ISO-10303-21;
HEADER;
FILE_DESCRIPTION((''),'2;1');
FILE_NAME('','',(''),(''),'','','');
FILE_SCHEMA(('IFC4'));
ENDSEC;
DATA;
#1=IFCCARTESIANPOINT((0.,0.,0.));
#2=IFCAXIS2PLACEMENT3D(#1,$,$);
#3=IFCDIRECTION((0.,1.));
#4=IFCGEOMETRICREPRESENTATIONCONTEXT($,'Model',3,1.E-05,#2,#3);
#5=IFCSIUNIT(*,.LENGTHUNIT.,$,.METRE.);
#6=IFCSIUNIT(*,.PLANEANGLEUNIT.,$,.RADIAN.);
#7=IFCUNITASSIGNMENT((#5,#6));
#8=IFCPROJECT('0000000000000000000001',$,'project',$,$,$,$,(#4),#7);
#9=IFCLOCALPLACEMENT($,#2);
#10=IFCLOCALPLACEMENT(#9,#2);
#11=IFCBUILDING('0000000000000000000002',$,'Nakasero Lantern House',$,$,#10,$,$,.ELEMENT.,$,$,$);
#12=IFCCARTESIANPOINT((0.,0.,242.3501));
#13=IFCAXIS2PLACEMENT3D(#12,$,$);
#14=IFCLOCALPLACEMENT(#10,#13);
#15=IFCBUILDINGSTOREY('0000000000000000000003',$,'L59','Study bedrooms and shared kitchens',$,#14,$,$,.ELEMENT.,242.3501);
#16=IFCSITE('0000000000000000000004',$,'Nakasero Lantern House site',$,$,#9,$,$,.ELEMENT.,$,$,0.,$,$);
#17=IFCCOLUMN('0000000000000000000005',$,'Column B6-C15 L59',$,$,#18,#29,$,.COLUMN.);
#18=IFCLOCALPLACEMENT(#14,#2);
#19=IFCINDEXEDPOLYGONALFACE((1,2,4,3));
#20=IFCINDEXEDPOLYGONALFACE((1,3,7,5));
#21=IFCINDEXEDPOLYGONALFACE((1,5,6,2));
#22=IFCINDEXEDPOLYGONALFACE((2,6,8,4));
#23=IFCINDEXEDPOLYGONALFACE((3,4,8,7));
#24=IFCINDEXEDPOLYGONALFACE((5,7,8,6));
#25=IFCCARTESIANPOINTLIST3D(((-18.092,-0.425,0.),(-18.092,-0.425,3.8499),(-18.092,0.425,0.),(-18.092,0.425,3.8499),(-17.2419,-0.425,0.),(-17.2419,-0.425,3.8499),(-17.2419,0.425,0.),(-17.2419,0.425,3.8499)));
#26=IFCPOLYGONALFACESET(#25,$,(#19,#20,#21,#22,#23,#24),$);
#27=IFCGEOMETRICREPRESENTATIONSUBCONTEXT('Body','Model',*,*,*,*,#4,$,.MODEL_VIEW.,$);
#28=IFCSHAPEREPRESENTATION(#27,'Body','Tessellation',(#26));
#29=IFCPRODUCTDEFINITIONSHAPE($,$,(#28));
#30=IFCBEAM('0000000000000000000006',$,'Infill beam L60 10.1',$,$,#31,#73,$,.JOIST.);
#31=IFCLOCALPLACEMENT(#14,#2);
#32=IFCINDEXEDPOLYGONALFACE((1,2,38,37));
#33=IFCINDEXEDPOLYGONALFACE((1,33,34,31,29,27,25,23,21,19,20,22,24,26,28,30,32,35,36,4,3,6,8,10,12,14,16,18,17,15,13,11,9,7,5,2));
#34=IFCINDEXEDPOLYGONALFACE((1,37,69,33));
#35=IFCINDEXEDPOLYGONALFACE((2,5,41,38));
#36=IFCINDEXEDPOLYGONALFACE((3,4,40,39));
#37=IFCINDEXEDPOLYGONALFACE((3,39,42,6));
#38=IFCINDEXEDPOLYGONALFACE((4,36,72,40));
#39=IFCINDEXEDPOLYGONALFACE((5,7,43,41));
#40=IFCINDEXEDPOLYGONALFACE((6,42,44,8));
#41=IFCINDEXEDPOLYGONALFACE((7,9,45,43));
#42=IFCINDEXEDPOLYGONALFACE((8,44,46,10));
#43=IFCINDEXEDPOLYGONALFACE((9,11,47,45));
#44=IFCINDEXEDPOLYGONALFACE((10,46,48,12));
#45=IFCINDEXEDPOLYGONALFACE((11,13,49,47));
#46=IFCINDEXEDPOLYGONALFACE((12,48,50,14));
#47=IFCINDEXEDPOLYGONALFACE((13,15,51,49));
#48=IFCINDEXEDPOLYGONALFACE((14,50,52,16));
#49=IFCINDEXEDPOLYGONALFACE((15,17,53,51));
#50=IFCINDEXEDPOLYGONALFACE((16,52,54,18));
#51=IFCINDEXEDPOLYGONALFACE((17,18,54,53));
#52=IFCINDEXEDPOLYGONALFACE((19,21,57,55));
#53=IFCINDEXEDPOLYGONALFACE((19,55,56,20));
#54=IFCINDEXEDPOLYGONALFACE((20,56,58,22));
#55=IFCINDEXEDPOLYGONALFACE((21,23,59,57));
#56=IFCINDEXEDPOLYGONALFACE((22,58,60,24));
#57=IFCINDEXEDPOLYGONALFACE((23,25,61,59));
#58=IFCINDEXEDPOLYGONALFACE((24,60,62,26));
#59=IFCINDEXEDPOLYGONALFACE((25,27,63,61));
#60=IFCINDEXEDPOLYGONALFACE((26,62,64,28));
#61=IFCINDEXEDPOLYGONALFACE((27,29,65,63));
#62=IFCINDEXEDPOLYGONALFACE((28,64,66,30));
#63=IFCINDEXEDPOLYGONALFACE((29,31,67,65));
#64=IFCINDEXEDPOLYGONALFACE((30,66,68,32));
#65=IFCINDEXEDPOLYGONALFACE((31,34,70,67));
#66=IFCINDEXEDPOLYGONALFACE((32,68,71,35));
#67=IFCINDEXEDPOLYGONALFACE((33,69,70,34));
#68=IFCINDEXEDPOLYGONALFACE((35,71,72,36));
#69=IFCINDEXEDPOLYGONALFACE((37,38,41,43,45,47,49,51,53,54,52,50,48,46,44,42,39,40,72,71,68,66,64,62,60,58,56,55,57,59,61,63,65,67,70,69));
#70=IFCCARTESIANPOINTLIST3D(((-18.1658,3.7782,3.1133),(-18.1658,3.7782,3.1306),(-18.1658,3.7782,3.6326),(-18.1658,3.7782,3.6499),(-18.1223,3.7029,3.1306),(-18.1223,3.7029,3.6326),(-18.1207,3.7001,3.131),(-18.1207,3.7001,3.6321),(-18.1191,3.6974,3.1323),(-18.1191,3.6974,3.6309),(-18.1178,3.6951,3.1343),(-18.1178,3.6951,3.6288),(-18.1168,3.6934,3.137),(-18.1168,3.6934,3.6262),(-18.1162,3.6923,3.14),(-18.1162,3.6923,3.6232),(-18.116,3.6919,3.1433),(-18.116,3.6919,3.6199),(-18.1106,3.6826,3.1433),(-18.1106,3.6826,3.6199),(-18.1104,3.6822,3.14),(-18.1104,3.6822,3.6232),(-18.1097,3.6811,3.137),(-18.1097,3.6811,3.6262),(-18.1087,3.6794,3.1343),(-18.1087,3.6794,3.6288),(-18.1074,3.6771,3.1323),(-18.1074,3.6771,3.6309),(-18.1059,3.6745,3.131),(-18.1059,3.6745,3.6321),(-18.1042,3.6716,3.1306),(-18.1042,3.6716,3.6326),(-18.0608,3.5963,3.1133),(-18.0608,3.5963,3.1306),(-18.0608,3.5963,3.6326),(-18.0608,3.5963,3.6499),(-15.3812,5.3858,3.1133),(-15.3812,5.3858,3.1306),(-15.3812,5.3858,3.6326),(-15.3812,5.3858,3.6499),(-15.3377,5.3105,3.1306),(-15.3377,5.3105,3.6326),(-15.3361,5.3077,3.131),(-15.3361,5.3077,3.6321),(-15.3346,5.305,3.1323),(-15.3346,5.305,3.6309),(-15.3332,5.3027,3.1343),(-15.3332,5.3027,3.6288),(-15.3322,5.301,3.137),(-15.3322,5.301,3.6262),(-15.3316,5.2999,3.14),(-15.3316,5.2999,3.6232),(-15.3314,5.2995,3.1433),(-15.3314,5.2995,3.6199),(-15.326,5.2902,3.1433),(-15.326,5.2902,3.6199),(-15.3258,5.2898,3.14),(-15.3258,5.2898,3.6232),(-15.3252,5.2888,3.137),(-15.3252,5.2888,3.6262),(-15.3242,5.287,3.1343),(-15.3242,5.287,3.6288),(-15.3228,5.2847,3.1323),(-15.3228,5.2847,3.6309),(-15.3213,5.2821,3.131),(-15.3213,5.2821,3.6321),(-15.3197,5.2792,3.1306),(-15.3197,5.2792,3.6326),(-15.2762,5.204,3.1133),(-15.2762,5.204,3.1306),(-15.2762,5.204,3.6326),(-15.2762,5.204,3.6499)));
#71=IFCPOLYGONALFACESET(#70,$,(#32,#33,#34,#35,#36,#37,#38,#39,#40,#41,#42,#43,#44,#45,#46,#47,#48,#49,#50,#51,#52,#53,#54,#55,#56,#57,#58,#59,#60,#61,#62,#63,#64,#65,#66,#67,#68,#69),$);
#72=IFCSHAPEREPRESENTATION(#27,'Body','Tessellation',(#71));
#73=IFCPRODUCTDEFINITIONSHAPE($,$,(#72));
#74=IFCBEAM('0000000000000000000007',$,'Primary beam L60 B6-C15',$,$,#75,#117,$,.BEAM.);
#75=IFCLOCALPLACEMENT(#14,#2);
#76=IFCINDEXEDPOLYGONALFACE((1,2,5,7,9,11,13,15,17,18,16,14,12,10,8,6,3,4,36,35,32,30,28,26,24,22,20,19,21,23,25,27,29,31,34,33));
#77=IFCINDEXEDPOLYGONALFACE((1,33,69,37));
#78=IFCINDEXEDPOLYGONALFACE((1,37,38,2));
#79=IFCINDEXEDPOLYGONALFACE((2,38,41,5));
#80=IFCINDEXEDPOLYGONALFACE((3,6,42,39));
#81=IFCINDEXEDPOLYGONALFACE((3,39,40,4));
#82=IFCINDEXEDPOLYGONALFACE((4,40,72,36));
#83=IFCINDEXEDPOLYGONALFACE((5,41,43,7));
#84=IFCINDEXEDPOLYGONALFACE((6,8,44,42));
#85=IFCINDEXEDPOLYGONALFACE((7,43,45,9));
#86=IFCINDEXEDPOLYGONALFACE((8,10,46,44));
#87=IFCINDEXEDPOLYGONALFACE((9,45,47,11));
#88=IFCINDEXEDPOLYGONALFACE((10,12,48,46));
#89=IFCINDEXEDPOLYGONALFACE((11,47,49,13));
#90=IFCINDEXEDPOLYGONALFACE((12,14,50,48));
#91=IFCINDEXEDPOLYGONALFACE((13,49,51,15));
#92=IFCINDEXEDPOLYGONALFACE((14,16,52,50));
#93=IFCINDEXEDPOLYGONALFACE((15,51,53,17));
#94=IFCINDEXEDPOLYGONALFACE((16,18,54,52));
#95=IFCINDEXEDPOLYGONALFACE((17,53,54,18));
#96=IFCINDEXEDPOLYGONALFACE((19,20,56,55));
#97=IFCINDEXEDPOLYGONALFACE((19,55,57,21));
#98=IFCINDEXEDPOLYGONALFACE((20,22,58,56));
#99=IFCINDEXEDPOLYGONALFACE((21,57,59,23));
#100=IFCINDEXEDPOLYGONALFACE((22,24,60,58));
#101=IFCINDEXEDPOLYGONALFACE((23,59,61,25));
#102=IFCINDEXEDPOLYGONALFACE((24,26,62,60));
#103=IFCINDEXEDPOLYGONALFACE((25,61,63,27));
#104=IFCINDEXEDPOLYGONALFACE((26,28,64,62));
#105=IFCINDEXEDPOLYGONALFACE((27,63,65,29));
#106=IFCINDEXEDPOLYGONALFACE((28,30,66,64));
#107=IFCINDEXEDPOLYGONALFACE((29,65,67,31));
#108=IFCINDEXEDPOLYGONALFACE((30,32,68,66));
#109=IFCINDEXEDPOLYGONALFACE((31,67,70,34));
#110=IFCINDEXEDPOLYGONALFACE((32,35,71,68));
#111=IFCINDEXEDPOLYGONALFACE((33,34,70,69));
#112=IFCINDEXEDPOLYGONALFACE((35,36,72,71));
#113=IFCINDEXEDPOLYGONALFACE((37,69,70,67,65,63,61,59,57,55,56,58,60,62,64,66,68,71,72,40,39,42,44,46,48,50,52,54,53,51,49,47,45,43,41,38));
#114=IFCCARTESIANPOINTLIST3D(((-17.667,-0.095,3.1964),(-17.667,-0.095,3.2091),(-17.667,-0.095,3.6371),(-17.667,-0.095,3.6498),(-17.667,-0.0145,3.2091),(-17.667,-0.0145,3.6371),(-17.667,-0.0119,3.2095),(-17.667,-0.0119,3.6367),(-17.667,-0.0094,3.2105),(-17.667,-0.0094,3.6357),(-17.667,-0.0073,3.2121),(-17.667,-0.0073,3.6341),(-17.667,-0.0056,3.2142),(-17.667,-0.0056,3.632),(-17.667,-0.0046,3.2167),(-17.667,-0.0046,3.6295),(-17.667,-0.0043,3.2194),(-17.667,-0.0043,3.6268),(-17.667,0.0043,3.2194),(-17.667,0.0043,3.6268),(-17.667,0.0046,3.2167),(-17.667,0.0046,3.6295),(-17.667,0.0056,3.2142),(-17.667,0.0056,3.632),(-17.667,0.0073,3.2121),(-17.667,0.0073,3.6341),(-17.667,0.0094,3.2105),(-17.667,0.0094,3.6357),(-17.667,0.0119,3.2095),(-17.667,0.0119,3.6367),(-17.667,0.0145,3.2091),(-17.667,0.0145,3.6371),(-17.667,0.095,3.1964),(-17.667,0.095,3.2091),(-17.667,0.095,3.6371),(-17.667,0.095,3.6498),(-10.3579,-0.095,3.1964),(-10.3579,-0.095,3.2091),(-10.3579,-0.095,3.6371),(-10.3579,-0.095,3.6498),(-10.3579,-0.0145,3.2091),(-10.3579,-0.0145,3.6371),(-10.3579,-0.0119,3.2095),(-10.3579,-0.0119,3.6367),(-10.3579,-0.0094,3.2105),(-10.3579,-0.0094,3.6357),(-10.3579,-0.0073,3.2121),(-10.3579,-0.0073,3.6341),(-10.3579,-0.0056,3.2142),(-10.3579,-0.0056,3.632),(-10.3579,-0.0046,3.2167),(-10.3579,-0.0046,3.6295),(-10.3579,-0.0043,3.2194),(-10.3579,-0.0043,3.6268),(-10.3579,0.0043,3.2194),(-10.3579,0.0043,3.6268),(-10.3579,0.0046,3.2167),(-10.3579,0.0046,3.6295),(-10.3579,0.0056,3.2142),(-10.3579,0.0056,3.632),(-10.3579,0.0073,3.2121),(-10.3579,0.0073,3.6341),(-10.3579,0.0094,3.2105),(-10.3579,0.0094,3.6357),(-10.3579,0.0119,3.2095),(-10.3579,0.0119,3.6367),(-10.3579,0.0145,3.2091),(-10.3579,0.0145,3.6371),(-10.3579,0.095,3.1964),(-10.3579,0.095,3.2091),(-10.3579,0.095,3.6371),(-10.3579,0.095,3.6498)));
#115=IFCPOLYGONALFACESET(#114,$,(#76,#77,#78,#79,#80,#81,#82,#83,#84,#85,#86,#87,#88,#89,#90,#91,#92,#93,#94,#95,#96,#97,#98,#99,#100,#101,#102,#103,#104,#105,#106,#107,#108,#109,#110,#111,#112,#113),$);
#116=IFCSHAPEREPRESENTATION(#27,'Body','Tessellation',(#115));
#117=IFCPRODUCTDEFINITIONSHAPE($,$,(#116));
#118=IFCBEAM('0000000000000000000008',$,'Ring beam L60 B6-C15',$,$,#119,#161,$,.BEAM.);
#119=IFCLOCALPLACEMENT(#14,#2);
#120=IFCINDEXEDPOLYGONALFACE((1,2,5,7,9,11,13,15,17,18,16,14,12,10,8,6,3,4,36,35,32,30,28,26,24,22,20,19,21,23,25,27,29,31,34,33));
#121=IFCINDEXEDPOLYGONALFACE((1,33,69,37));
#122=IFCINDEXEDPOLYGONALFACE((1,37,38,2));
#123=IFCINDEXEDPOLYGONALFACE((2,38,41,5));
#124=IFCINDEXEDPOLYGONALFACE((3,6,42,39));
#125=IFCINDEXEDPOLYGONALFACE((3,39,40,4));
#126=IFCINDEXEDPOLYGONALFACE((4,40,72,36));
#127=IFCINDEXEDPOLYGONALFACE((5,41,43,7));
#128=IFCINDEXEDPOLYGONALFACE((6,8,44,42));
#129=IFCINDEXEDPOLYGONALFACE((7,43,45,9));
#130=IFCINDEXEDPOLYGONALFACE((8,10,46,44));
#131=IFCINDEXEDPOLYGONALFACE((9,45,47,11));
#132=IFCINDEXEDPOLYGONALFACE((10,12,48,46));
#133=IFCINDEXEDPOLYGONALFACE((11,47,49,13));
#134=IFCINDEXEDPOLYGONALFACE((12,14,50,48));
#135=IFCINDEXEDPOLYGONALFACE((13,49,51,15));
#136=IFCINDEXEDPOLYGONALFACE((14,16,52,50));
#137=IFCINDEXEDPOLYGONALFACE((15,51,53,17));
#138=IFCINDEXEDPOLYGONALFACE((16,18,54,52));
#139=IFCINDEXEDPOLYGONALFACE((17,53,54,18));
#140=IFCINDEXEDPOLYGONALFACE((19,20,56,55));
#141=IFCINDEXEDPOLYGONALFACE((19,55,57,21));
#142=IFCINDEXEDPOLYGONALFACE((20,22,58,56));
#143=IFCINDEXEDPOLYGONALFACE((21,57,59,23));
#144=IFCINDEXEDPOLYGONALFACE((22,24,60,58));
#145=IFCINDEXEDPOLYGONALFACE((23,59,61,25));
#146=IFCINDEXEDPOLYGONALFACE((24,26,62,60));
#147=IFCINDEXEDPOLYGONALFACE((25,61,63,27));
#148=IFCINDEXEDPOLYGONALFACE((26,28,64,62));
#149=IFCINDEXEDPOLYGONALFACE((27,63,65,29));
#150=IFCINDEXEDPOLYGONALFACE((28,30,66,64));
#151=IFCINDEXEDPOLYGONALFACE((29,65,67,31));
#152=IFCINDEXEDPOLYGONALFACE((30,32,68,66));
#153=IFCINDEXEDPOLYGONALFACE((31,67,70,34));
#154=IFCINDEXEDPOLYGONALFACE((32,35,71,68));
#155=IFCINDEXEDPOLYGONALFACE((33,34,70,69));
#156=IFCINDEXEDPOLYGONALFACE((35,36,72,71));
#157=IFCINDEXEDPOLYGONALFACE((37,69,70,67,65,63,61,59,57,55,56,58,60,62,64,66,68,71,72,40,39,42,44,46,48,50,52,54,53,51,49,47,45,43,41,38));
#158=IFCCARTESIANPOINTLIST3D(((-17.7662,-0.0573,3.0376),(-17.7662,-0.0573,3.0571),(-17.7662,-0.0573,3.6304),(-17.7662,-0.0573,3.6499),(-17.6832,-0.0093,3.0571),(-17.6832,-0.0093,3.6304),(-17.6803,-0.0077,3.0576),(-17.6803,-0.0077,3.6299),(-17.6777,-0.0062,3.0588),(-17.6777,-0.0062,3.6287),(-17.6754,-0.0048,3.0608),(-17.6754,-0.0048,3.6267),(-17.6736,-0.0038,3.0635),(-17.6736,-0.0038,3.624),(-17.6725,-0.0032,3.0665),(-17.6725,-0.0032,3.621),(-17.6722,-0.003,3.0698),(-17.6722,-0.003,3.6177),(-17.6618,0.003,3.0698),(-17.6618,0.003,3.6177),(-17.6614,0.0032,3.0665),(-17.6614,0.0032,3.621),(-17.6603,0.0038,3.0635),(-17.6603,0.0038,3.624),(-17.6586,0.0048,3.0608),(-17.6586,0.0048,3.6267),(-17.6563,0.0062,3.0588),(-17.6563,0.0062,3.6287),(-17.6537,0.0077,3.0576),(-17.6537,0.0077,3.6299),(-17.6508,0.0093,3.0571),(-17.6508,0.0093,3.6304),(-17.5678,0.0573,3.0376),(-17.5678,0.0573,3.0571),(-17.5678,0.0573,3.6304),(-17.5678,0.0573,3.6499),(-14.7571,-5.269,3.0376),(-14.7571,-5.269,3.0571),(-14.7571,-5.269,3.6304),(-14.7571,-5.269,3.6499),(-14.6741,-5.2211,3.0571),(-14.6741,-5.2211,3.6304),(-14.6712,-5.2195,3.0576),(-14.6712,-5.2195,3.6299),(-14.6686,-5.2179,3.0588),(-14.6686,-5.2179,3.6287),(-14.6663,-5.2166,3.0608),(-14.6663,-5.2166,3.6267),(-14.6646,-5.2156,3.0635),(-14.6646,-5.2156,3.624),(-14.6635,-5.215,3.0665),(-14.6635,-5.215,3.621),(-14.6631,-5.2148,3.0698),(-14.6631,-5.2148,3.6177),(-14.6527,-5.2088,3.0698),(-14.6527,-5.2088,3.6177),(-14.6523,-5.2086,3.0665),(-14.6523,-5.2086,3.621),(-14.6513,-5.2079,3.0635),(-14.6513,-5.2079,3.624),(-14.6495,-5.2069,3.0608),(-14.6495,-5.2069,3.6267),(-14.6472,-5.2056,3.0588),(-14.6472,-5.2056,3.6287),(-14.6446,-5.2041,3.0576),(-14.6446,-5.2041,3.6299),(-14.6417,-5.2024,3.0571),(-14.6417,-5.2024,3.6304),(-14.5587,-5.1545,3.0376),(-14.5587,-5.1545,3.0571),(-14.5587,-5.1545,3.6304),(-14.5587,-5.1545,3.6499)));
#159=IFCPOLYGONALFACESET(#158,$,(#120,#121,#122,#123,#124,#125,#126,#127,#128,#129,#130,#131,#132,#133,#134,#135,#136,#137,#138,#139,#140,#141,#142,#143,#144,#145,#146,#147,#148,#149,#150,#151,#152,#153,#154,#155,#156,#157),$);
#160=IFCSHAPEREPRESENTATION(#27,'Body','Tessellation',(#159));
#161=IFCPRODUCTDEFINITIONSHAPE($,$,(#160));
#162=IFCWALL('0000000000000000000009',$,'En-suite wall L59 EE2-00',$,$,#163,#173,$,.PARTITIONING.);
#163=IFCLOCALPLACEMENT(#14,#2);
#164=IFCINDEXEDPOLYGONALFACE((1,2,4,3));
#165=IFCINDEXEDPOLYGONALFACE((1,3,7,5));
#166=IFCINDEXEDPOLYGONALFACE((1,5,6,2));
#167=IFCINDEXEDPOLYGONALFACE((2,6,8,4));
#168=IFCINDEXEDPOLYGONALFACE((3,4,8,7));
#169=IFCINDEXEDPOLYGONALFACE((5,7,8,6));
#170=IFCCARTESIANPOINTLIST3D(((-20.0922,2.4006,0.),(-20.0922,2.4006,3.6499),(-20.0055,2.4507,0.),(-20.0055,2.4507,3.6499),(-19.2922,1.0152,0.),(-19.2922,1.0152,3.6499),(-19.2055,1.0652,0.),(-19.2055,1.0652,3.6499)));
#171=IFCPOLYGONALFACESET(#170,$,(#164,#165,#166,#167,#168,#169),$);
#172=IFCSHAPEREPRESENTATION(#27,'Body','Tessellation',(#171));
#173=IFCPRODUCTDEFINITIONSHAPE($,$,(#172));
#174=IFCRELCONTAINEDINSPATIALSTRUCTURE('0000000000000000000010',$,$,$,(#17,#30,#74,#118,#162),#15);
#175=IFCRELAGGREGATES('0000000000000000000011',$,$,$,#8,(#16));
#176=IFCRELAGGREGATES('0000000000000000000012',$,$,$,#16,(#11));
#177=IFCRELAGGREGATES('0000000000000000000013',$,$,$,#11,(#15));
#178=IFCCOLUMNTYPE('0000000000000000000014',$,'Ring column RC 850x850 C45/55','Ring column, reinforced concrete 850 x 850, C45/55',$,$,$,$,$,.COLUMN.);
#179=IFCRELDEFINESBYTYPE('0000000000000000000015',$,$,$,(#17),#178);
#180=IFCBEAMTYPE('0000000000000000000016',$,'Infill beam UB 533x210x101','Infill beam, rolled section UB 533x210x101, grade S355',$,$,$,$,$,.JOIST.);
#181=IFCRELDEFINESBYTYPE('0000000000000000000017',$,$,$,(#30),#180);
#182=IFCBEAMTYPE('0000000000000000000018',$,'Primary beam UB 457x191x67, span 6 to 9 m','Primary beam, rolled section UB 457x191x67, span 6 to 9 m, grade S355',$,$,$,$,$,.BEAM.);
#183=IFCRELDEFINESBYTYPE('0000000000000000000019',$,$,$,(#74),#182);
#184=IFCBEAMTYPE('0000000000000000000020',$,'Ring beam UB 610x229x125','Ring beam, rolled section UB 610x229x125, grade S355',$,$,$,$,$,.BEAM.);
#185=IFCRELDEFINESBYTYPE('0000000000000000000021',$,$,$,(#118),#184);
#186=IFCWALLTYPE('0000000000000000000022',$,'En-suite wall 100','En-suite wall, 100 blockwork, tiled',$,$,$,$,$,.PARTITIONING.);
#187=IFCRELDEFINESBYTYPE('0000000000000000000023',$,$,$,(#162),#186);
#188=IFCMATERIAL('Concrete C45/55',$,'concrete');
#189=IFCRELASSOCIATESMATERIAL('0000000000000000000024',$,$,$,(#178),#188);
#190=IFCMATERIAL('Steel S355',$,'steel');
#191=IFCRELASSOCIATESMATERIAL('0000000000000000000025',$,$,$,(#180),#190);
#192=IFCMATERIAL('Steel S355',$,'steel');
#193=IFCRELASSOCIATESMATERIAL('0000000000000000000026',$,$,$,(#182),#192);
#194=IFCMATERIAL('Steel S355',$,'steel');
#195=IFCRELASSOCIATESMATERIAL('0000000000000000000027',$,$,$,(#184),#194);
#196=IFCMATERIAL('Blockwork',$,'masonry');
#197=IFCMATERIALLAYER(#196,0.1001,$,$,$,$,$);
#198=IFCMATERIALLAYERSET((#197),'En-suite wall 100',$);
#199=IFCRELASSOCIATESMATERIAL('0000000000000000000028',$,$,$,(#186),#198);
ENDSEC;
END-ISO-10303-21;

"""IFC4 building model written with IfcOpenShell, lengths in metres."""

from ifc_helpers import new_model, si_unit, direction, frame, frame_2d, origin, origin_2d, place, context, subcontext, project, spatial, rectangle, i_section, extrude, material, layer, layer_set, material_profile, profile_set, type_object, element, save


model = new_model("IFC4")

# Units and contexts
model_context = context("Model", 3, precision=1e-05, world=origin(), true_north=direction((0.0, 1.0)))
body_context = subcontext(model_context, "Body", "Model", "MODEL_VIEW")
ifc_project = project(units=[si_unit("LENGTHUNIT", "METRE"), si_unit("PLANEANGLEUNIT", "RADIAN")], contexts=[model_context])

# Site, building, storey
site_placement = place(None, origin())
site = spatial("IfcSite", under=ifc_project, at=site_placement, Name="Nakasero Lantern House site", CompositionType="ELEMENT", RefElevation=0.0)
building_placement = place(site_placement, origin())
building = spatial("IfcBuilding", under=site, at=building_placement, Name="Nakasero Lantern House", CompositionType="ELEMENT")
storey_placement = place(building_placement, frame((0.0, 0.0, 242.3501)))
storey = spatial("IfcBuildingStorey", under=building, at=storey_placement, Name="L59", Description="Study bedrooms and shared kitchens", CompositionType="ELEMENT", Elevation=242.3501)

# Column
ifc_material_1 = material(Name="Concrete C45/55", Category="concrete")
ifc_material_profile_1 = material_profile(ifc_material_1, rectangle(XDim=0.8501, YDim=0.8501, at=origin_2d()), Name="RC 850x850")
ifc_profile_set_1 = profile_set([ifc_material_profile_1], Name="Concrete C45/55")
column_type = type_object("IfcColumnType", Name="Ring column RC 850x850 C45/55", Description="Ring column, reinforced concrete 850 x 850, C45/55", PredefinedType="COLUMN", material=ifc_profile_set_1)
column_placement = place(storey_placement, frame((-17.667, 0.0, 0.0), z_axis=(0.0, 0.0, 1.0), x_axis=(1.0, 0.0, 0.0)))
element("IfcColumn", 1, at=column_placement, inside=storey, type_object=column_type, Name="Column B6-C15 L59", PredefinedType="COLUMN", context=body_context, shape_type="SweptSolid", body=[
    extrude(rectangle(XDim=0.8501, YDim=0.8501, at=origin_2d()), origin(), (0.0, 0.0, 1.0), 3.8499),
])

# Beams
ifc_material_2 = material(Name="Steel S355", Category="steel")
ifc_material_profile_2 = material_profile(ifc_material_2, i_section(OverallWidth=0.21, OverallDepth=0.5366, WebThickness=0.0107, FlangeThickness=0.0173, FilletRadius=0.0127, at=origin_2d()), Name="UB 533x210x101")
ifc_profile_set_2 = profile_set([ifc_material_profile_2], Name="Steel S355")
beam_type_1 = type_object("IfcBeamType", Name="Infill beam UB 533x210x101", Description="Infill beam, rolled section UB 533x210x101, grade S355", PredefinedType="JOIST", material=ifc_profile_set_2)
beam_1_placement = place(storey_placement, frame((-18.1133, 3.6873, 3.3816), z_axis=(0.866034, 0.499985, 0.0), x_axis=(-0.499985, 0.866034, 0.0)))
element("IfcBeam", 2, at=beam_1_placement, inside=storey, type_object=beam_type_1, Name="Infill beam L60 10.1", PredefinedType="JOIST", context=body_context, shape_type="SweptSolid", body=[
    extrude(i_section(OverallWidth=0.21, OverallDepth=0.5366, WebThickness=0.0107, FlangeThickness=0.0173, FilletRadius=0.0127, at=origin_2d()), origin(), (0.0, 0.0, 1.0), 3.2153),
])
ifc_material_3 = material(Name="Steel S355", Category="steel")
ifc_material_profile_3 = material_profile(ifc_material_3, i_section(OverallWidth=0.1899, OverallDepth=0.4534, WebThickness=0.0085, FlangeThickness=0.0127, FilletRadius=0.0103, at=origin_2d()), Name="UB 457x191x67")
ifc_profile_set_3 = profile_set([ifc_material_profile_3], Name="Steel S355")
beam_type_2 = type_object("IfcBeamType", Name="Primary beam UB 457x191x67, span 6 to 9 m", Description="Primary beam, rolled section UB 457x191x67, span 6 to 9 m, grade S355", PredefinedType="BEAM", material=ifc_profile_set_3)
beam_2_placement = place(storey_placement, frame((-17.667, 0.0, 3.4231), z_axis=(1.0, 0.0, 0.0), x_axis=(0.0, 1.0, 0.0)))
element("IfcBeam", 3, at=beam_2_placement, inside=storey, type_object=beam_type_2, Name="Primary beam L60 B6-C15", PredefinedType="BEAM", context=body_context, shape_type="SweptSolid", body=[
    extrude(i_section(OverallWidth=0.1899, OverallDepth=0.4534, WebThickness=0.0085, FlangeThickness=0.0127, FilletRadius=0.0103, at=origin_2d()), origin(), (0.0, 0.0, 1.0), 7.3091),
])
ifc_material_4 = material(Name="Steel S355", Category="steel")
ifc_material_profile_4 = material_profile(ifc_material_4, i_section(OverallWidth=0.229, OverallDepth=0.6123, WebThickness=0.012, FlangeThickness=0.0195, FilletRadius=0.0127, at=origin_2d()), Name="UB 610x229x125")
ifc_profile_set_4 = profile_set([ifc_material_profile_4], Name="Steel S355")
beam_type_3 = type_object("IfcBeamType", Name="Ring beam UB 610x229x125", Description="Ring beam, rolled section UB 610x229x125, grade S355", PredefinedType="BEAM", material=ifc_profile_set_4)
beam_3_placement = place(storey_placement, frame((-17.667, 0.0, 3.3438), z_axis=(0.500009, -0.86602, 0.0), x_axis=(0.86602, 0.500009, 0.0)))
element("IfcBeam", 4, at=beam_3_placement, inside=storey, type_object=beam_type_3, Name="Ring beam L60 B6-C15", PredefinedType="BEAM", context=body_context, shape_type="SweptSolid", body=[
    extrude(i_section(OverallWidth=0.229, OverallDepth=0.6123, WebThickness=0.012, FlangeThickness=0.0195, FilletRadius=0.0127, at=origin_2d()), origin(), (0.0, 0.0, 1.0), 6.0181),
])

# Wall
ifc_material_5 = material(Name="Blockwork", Category="masonry")
ifc_layer_1 = layer(ifc_material_5, 0.1001)
ifc_layer_set_1 = layer_set([ifc_layer_1], Name="En-suite wall 100")
wall_type_1 = type_object("IfcWallType", Name="En-suite wall 100", Description="En-suite wall, 100 blockwork, tiled", PredefinedType="PARTITIONING", material=ifc_layer_set_1)
wall_1_placement = place(storey_placement, frame((-20.0488, 2.4255, 0.0), z_axis=(0.0, 0.0, 1.0), x_axis=(0.500061, -0.86599, 0.0)))
element("IfcWall", 5, at=wall_1_placement, inside=storey, type_object=wall_type_1, Name="En-suite wall L59 EE2-00", PredefinedType="PARTITIONING", context=body_context, shape_type="SweptSolid", body=[
    extrude(rectangle(XDim=1.5999, YDim=0.1001, at=frame_2d((0.7998, 0.0))), origin(), (0.0, 0.0, 1.0), 3.6499),
])

save(model, "model.ifc")
